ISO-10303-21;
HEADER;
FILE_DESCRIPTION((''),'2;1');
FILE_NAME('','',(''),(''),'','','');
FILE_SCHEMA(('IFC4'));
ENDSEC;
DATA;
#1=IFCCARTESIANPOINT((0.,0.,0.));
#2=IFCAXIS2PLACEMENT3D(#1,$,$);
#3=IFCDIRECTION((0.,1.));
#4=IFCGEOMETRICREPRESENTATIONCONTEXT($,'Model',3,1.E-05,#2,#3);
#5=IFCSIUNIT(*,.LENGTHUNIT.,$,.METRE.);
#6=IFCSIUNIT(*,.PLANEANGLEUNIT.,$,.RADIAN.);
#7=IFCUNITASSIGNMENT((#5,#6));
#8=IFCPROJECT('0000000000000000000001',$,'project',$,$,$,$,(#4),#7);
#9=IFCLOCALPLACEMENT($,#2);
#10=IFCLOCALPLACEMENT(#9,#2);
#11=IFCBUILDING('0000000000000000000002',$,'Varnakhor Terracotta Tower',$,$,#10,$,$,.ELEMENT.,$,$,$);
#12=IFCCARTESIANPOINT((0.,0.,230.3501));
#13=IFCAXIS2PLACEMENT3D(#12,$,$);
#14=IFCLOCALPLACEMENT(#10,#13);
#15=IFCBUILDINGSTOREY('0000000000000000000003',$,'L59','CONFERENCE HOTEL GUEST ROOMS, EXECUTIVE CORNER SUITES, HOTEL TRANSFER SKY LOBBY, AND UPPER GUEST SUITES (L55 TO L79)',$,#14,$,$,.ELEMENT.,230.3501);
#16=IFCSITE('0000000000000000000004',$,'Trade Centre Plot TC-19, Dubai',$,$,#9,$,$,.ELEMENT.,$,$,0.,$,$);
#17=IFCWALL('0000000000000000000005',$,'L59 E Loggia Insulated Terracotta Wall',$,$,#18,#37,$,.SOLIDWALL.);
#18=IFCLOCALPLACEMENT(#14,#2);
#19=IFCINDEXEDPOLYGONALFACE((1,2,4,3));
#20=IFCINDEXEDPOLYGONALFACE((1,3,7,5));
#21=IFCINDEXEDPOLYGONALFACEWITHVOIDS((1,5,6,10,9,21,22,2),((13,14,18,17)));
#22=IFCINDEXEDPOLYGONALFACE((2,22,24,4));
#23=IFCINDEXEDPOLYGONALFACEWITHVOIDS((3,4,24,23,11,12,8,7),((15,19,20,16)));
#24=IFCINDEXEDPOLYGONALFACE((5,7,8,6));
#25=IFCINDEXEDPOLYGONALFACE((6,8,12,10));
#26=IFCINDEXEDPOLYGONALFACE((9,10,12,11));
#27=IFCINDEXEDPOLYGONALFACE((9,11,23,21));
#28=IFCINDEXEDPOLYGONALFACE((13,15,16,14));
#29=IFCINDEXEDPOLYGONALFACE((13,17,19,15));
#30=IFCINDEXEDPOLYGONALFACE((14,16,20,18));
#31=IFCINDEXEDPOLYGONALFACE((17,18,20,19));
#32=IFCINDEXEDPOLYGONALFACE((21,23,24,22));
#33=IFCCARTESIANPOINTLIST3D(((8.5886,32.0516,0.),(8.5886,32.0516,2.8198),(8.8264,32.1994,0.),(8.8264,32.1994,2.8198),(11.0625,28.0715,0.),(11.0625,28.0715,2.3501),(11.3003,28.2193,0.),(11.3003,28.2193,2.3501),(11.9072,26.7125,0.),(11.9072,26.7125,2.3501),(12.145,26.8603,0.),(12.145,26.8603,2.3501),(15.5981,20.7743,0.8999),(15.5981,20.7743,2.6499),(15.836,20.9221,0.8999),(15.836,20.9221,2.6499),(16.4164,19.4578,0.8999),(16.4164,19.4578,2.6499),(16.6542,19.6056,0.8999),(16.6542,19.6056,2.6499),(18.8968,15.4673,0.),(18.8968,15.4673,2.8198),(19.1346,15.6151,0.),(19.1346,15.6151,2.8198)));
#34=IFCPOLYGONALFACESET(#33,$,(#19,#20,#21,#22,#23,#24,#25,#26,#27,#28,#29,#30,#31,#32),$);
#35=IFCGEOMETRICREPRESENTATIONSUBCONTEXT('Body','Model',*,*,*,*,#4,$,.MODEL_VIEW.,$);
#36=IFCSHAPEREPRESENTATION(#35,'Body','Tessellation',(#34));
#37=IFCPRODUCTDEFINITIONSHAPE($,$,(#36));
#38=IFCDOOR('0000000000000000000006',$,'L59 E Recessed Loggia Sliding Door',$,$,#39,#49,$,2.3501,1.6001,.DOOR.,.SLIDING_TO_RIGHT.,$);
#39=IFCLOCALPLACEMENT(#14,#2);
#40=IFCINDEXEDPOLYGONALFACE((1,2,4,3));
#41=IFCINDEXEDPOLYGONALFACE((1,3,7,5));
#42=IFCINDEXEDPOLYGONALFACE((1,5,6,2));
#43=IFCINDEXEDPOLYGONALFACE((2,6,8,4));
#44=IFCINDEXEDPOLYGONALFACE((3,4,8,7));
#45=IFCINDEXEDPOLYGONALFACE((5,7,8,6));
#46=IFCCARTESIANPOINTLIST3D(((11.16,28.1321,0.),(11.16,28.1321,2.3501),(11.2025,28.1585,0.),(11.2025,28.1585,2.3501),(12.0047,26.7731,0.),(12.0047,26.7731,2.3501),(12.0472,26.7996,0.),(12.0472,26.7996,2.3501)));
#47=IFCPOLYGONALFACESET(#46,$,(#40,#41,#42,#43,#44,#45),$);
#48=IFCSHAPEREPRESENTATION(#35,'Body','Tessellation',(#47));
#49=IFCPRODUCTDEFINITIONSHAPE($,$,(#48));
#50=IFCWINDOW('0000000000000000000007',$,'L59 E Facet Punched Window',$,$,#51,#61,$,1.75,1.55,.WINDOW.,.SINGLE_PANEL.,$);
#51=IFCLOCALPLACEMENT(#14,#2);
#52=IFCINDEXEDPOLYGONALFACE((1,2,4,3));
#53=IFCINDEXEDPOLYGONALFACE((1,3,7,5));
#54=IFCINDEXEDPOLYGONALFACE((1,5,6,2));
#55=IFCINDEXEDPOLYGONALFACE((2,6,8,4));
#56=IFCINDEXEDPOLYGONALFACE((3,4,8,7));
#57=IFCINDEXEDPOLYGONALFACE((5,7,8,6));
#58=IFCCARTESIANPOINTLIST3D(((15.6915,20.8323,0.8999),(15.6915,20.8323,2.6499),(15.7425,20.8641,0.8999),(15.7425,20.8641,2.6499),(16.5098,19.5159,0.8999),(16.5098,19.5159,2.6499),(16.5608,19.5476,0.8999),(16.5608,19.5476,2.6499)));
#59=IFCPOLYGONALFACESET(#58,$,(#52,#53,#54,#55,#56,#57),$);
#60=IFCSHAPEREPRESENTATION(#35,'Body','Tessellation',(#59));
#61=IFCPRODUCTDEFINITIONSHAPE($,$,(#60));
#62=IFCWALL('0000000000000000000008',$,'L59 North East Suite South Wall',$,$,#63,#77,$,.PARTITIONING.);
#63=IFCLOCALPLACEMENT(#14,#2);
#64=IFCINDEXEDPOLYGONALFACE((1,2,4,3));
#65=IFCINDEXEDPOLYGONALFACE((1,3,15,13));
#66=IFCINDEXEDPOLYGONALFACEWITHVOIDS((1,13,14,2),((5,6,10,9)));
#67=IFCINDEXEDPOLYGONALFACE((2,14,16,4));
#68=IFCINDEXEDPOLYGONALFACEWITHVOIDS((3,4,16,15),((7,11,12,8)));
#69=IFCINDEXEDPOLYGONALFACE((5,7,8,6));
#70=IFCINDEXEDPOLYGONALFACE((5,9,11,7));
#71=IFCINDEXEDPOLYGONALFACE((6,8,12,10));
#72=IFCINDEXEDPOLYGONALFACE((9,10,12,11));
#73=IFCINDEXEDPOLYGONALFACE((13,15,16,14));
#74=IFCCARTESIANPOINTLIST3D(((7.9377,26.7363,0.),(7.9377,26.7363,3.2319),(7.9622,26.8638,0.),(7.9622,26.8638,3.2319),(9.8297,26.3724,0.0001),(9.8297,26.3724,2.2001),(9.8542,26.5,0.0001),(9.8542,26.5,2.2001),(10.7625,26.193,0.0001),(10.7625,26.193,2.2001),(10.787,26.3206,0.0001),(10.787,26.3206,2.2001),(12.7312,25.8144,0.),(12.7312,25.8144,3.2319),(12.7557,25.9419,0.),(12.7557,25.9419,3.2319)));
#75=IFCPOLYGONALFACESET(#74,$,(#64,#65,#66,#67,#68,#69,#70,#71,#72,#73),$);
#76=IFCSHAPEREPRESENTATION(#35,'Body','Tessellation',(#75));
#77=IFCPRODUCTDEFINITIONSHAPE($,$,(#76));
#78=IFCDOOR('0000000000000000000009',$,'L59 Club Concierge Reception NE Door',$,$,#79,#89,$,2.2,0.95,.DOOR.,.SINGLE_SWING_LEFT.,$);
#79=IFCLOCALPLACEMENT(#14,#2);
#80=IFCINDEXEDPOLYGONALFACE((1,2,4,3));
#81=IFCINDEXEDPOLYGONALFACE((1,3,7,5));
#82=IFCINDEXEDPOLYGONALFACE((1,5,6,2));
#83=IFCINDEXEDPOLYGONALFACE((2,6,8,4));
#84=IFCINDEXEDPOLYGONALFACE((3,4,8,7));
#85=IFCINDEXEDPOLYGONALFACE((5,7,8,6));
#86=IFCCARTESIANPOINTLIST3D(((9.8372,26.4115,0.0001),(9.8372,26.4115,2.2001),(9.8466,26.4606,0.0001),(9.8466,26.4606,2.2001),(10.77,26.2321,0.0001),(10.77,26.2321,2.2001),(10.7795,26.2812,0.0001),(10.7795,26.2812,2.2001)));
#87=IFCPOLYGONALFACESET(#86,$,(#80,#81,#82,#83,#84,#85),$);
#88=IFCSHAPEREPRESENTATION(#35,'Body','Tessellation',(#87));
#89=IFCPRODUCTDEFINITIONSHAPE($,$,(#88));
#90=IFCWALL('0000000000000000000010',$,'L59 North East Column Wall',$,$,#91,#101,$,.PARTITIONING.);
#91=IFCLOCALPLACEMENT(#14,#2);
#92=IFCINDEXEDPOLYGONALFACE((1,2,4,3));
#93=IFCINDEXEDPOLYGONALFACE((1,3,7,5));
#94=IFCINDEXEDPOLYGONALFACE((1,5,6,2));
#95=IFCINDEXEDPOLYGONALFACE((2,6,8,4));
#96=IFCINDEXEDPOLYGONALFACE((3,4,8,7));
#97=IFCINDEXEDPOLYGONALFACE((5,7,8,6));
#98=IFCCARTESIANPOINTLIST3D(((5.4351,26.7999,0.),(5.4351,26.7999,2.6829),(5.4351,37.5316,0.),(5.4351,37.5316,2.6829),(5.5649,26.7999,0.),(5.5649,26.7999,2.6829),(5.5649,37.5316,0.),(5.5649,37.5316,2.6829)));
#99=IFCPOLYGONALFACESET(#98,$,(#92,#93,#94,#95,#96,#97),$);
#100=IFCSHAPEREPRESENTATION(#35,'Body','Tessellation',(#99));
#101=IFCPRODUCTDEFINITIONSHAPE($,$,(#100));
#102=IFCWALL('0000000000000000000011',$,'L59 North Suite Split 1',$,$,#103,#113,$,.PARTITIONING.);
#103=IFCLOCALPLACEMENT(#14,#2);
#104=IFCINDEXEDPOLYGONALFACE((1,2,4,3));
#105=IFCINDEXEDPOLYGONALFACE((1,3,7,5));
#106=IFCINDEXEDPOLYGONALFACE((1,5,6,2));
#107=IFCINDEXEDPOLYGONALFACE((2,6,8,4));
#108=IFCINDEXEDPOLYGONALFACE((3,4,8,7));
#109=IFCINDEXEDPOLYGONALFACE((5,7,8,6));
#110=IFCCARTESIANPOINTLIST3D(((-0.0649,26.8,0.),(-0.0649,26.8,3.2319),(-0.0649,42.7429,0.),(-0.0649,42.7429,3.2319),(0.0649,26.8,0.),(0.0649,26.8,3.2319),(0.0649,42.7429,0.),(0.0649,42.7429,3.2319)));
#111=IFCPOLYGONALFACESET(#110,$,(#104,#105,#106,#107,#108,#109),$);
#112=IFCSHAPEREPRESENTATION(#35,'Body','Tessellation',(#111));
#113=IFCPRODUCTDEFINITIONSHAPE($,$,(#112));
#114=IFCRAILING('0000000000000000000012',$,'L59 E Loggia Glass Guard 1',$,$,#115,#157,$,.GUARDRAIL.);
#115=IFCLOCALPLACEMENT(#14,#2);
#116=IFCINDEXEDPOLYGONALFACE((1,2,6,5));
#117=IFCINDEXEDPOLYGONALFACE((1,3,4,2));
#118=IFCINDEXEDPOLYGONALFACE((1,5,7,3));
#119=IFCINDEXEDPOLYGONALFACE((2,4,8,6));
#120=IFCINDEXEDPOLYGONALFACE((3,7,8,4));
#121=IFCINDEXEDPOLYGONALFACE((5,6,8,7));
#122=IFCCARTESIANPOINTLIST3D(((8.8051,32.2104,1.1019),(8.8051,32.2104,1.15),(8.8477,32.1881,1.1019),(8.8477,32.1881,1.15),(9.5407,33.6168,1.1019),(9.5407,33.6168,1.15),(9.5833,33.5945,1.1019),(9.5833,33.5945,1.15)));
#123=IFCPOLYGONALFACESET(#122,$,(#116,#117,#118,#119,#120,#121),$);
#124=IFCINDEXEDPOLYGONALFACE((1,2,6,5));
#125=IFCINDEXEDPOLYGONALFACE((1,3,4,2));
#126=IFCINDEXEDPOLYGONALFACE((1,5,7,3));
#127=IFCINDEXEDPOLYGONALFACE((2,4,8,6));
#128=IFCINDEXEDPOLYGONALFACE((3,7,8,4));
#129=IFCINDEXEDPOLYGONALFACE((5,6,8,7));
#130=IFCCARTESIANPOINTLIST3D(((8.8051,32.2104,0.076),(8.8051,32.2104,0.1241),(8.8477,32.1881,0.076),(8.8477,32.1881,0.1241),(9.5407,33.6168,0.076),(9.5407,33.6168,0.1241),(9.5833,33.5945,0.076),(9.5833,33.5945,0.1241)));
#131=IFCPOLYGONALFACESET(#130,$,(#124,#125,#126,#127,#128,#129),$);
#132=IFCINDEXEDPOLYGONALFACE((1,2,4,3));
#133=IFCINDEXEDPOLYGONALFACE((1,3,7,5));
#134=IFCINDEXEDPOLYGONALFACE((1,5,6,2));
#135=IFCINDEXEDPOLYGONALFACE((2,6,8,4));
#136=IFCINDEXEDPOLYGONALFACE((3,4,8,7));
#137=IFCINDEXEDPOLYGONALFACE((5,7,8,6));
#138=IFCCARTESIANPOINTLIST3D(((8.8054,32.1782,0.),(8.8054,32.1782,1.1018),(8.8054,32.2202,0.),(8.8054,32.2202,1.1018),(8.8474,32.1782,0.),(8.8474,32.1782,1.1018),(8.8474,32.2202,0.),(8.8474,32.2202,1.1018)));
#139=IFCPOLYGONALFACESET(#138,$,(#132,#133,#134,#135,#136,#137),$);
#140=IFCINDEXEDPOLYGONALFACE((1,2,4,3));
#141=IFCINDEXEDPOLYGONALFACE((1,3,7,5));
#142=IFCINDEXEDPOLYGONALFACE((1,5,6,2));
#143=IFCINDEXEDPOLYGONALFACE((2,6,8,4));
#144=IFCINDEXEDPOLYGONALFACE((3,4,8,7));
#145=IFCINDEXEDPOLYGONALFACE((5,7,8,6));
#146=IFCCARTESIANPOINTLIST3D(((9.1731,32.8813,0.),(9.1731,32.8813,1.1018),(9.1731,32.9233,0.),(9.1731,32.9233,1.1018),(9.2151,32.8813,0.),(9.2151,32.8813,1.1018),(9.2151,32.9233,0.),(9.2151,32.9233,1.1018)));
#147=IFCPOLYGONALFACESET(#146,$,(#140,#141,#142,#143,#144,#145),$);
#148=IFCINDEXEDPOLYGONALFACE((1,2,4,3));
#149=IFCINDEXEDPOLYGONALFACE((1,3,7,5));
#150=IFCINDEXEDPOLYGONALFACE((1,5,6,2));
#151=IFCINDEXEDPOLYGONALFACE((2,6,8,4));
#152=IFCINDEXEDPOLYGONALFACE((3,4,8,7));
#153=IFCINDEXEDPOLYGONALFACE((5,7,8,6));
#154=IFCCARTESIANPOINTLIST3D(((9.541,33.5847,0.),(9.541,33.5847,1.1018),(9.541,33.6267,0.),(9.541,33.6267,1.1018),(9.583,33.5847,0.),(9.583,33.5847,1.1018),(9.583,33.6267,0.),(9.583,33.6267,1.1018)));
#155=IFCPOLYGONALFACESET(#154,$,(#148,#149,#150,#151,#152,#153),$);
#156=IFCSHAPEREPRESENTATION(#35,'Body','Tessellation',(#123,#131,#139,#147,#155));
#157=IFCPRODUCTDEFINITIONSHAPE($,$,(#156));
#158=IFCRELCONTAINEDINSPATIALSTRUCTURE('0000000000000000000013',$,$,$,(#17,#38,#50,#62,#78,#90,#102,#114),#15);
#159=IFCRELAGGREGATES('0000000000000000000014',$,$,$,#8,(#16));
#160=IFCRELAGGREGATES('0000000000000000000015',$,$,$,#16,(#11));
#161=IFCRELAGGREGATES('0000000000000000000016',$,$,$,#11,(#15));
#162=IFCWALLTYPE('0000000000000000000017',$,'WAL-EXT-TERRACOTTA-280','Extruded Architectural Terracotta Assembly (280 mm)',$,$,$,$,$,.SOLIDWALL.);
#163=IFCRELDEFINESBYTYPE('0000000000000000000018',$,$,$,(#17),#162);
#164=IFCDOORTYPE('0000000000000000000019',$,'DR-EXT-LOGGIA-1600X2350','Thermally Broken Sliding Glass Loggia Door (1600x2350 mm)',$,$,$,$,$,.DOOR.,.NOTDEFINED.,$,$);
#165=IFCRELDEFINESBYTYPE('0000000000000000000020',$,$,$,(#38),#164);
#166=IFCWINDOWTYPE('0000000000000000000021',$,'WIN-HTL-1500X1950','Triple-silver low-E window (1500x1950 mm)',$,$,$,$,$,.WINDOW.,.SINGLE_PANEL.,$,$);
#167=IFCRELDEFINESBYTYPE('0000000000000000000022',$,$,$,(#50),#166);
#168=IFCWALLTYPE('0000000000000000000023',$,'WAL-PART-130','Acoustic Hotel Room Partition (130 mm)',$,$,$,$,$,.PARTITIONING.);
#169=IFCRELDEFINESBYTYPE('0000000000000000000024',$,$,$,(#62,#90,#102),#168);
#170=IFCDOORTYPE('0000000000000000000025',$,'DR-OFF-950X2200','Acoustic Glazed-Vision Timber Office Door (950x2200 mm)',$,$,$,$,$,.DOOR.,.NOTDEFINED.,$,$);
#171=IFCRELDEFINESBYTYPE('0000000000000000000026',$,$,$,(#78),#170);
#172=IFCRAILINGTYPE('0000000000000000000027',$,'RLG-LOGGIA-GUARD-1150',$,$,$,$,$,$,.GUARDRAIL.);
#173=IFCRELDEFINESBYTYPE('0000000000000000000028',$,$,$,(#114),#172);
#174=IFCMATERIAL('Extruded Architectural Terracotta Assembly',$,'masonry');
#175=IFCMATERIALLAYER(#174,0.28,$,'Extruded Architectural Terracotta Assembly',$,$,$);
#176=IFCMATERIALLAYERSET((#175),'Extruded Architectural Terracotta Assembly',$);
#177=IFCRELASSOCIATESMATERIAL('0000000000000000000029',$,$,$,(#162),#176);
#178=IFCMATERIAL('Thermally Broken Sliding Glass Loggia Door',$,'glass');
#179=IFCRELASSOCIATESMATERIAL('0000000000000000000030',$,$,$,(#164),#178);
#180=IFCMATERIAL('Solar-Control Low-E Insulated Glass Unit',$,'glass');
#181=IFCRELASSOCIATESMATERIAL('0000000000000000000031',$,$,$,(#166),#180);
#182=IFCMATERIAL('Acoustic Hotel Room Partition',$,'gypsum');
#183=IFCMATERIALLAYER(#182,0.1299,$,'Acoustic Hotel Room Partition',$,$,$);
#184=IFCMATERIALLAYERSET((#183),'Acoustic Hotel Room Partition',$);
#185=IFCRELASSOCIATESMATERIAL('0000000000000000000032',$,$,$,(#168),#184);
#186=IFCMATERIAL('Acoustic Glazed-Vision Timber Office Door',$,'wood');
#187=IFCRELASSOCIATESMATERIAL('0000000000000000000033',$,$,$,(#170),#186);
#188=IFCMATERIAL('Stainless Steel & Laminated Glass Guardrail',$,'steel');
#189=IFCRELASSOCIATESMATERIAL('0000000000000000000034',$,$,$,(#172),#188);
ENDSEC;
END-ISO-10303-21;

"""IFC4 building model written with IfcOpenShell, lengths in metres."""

from ifc_helpers import new_model, si_unit, direction, frame, frame_2d, origin, origin_2d, place, context, subcontext, project, spatial, rectangle, extrude, source, transform, mapped, material, layer, layer_set, type_object, type_shapes, element, fill, save


model = new_model("IFC4")

# Units and contexts
model_context = context("Model", 3, precision=1e-05, world=origin(), true_north=direction((0.0, 1.0)))
body_context = subcontext(model_context, "Body", "Model", "MODEL_VIEW")
ifc_project = project(units=[si_unit("LENGTHUNIT", "METRE"), si_unit("PLANEANGLEUNIT", "RADIAN")], contexts=[model_context])

# Site, building, storey
site_placement = place(None, origin())
site = spatial("IfcSite", under=ifc_project, at=site_placement, Name="Trade Centre Plot TC-19, Dubai", CompositionType="ELEMENT", RefElevation=0.0)
building_placement = place(site_placement, origin())
building = spatial("IfcBuilding", under=site, at=building_placement, Name="Varnakhor Terracotta Tower", CompositionType="ELEMENT")
storey_placement = place(building_placement, frame((0.0, 0.0, 230.3501)))
storey = spatial("IfcBuildingStorey", under=building, at=storey_placement, Name="L59", Description="CONFERENCE HOTEL GUEST ROOMS, EXECUTIVE CORNER SUITES, HOTEL TRANSFER SKY LOBBY, AND UPPER GUEST SUITES (L55 TO L79)", CompositionType="ELEMENT", Elevation=230.3501)

# Wall, openings, door, window
ifc_material_1 = material(Name="Extruded Architectural Terracotta Assembly", Category="masonry")
ifc_layer_1 = layer(ifc_material_1, 0.28, Name="Extruded Architectural Terracotta Assembly")
ifc_layer_set_1 = layer_set([ifc_layer_1], Name="Extruded Architectural Terracotta Assembly")
wall_type_1 = type_object("IfcWallType", Name="WAL-EXT-TERRACOTTA-280", Description="Extruded Architectural Terracotta Assembly (280 mm)", PredefinedType="SOLIDWALL", material=ifc_layer_set_1)
wall_1_placement = place(storey_placement, frame((8.7075, 32.1255, 0.0), z_axis=(0.0, 0.0, 1.0), x_axis=(0.527897, -0.849309, 0.0)))
wall_1 = element("IfcWall", 1, at=wall_1_placement, inside=storey, type_object=wall_type_1, Name="L59 E Loggia Insulated Terracotta Wall", PredefinedType="SOLIDWALL", context=body_context, shape_type="SweptSolid", body=[
    extrude(rectangle(XDim=19.5269, YDim=0.28, at=frame_2d((9.7634, 0.0))), origin(), (0.0, 0.0, 1.0), 2.8198),
])
opening_1_placement = place(wall_1_placement, frame((4.6863, 0.0, 0.0)))
opening_1 = element("IfcOpeningElement", 2, at=opening_1_placement, cuts=wall_1, PredefinedType="OPENING", context=body_context, shape_type="SweptSolid", body=[
    extrude(rectangle(XDim=1.6001, YDim=2.3501, at=frame_2d((0.8, 1.175))), frame((0.0, 0.1499, 0.0), z_axis=(0.0, -1.0, 0.0), x_axis=(1.0, 0.0, 0.0)), (0.0, 0.0, 1.0), 0.3),
])
opening_2_placement = place(wall_1_placement, frame((13.2783, 0.0, 0.8999)))
opening_2 = element("IfcOpeningElement", 3, at=opening_2_placement, cuts=wall_1, PredefinedType="OPENING", context=body_context, shape_type="SweptSolid", body=[
    extrude(rectangle(XDim=1.55, YDim=1.75, at=frame_2d((0.7749, 0.875))), frame((0.0, 0.1499, 0.0), z_axis=(0.0, -1.0, 0.0), x_axis=(1.0, 0.0, 0.0)), (0.0, 0.0, 1.0), 0.3),
])
ifc_material_2 = material(Name="Thermally Broken Sliding Glass Loggia Door", Category="glass")
door_type_1 = type_object("IfcDoorType", Name="DR-EXT-LOGGIA-1600X2350", Description="Thermally Broken Sliding Glass Loggia Door (1600x2350 mm)", OperationType="NOTDEFINED", PredefinedType="DOOR", material=ifc_material_2)
shared_shape_1 = source(origin(), body_context, "Body", "SweptSolid", [
    extrude(rectangle(XDim=1.6001, YDim=2.3501, at=frame_2d((0.8, 1.175))), frame((0.0, 0.0249, 0.0), z_axis=(0.0, -1.0, 0.0), x_axis=(1.0, 0.0, 0.0)), (0.0, 0.0, 1.0), 0.05),
])
type_shapes(door_type_1, [shared_shape_1])
door_1_placement = place(opening_1_placement, origin())
door_1 = element("IfcDoor", 4, at=door_1_placement, inside=storey, type_object=door_type_1, Name="L59 E Recessed Loggia Sliding Door", OperationType="SLIDING_TO_RIGHT", OverallHeight=2.3501, OverallWidth=1.6001, PredefinedType="DOOR", context=body_context, shape_type="MappedRepresentation", body=[
    mapped(shared_shape_1, transform((0.0, 0.0, 0.0), scale=1.0)),
])
fill(opening_1, door_1)
ifc_material_3 = material(Name="Solar-Control Low-E Insulated Glass Unit", Category="glass")
window_type = type_object("IfcWindowType", Name="WIN-HTL-1500X1950", Description="Triple-silver low-E window (1500x1950 mm)", PartitioningType="SINGLE_PANEL", PredefinedType="WINDOW", material=ifc_material_3)
shared_shape_2 = source(origin(), body_context, "Body", "SweptSolid", [
    extrude(rectangle(XDim=1.55, YDim=1.75, at=frame_2d((0.7749, 0.875))), frame((0.0, 0.03, 0.0), z_axis=(0.0, -1.0, 0.0), x_axis=(1.0, 0.0, 0.0)), (0.0, 0.0, 1.0), 0.0601),
])
type_shapes(window_type, [shared_shape_2])
window_placement = place(opening_2_placement, origin())
window = element("IfcWindow", 5, at=window_placement, inside=storey, type_object=window_type, Name="L59 E Facet Punched Window", OverallHeight=1.75, OverallWidth=1.55, PartitioningType="SINGLE_PANEL", PredefinedType="WINDOW", context=body_context, shape_type="MappedRepresentation", body=[
    mapped(shared_shape_2, transform((0.0, 0.0, 0.0), scale=1.0)),
])
fill(opening_2, window)

# Wall, opening, door
ifc_material_4 = material(Name="Acoustic Hotel Room Partition", Category="gypsum")
ifc_layer_2 = layer(ifc_material_4, 0.1299, Name="Acoustic Hotel Room Partition")
ifc_layer_set_2 = layer_set([ifc_layer_2], Name="Acoustic Hotel Room Partition")
wall_type_2 = type_object("IfcWallType", Name="WAL-PART-130", Description="Acoustic Hotel Room Partition (130 mm)", PredefinedType="PARTITIONING", material=ifc_layer_set_2)
wall_2_placement = place(storey_placement, frame((7.95, 26.8, 0.0), z_axis=(0.0, 0.0, 1.0), x_axis=(0.982004, -0.188859, 0.0)))
wall_2 = element("IfcWall", 6, at=wall_2_placement, inside=storey, type_object=wall_type_2, Name="L59 North East Suite South Wall", PredefinedType="PARTITIONING", context=body_context, shape_type="SweptSolid", body=[
    extrude(rectangle(XDim=4.8813, YDim=0.1299, at=frame_2d((2.4407, 0.0))), origin(), (0.0, 0.0, 1.0), 3.2319),
])
opening_3_placement = place(wall_2_placement, frame((1.9265, 0.0, 0.0)))
opening_3 = element("IfcOpeningElement", 7, at=opening_3_placement, cuts=wall_2, PredefinedType="OPENING", context=body_context, shape_type="SweptSolid", body=[
    extrude(rectangle(XDim=0.95, YDim=2.2, at=frame_2d((0.4751, 1.1001))), frame((0.0, 0.075, 0.0), z_axis=(0.0, -1.0, 0.0), x_axis=(1.0, 0.0, 0.0)), (0.0, 0.0, 1.0), 0.1499),
])
ifc_material_5 = material(Name="Acoustic Glazed-Vision Timber Office Door", Category="wood")
door_type_2 = type_object("IfcDoorType", Name="DR-OFF-950X2200", Description="Acoustic Glazed-Vision Timber Office Door (950x2200 mm)", OperationType="NOTDEFINED", PredefinedType="DOOR", material=ifc_material_5)
shared_shape_3 = source(origin(), body_context, "Body", "SweptSolid", [
    extrude(rectangle(XDim=0.95, YDim=2.2, at=frame_2d((0.4751, 1.1001))), frame((0.0, 0.0249, 0.0), z_axis=(0.0, -1.0, 0.0), x_axis=(1.0, 0.0, 0.0)), (0.0, 0.0, 1.0), 0.05),
])
type_shapes(door_type_2, [shared_shape_3])
door_2_placement = place(opening_3_placement, origin())
door_2 = element("IfcDoor", 8, at=door_2_placement, inside=storey, type_object=door_type_2, Name="L59 Club Concierge Reception NE Door", OperationType="SINGLE_SWING_LEFT", OverallHeight=2.2, OverallWidth=0.95, PredefinedType="DOOR", context=body_context, shape_type="MappedRepresentation", body=[
    mapped(shared_shape_3, transform((0.0, 0.0, 0.0), scale=1.0)),
])
fill(opening_3, door_2)

# Walls
wall_3_placement = place(storey_placement, frame((5.5, 26.8, 0.0), z_axis=(0.0, 0.0, 1.0), x_axis=(0.0, 1.0, 0.0)))
element("IfcWall", 9, at=wall_3_placement, inside=storey, type_object=wall_type_2, Name="L59 North East Column Wall", PredefinedType="PARTITIONING", context=body_context, shape_type="SweptSolid", body=[
    extrude(rectangle(XDim=10.7317, YDim=0.1299, at=frame_2d((5.3657, 0.0))), origin(), (0.0, 0.0, 1.0), 2.6829),
])
wall_4_placement = place(storey_placement, frame((0.0, 26.8, 0.0), z_axis=(0.0, 0.0, 1.0), x_axis=(0.0, 1.0, 0.0)))
element("IfcWall", 10, at=wall_4_placement, inside=storey, type_object=wall_type_2, Name="L59 North Suite Split 1", PredefinedType="PARTITIONING", context=body_context, shape_type="SweptSolid", body=[
    extrude(rectangle(XDim=15.9429, YDim=0.1299, at=frame_2d((7.9714, 0.0))), origin(), (0.0, 0.0, 1.0), 3.2319),
])

# Railing
ifc_material_6 = material(Name="Stainless Steel & Laminated Glass Guardrail", Category="steel")
railing_type = type_object("IfcRailingType", Name="RLG-LOGGIA-GUARD-1150", PredefinedType="GUARDRAIL", material=ifc_material_6)
railing_1_placement = place(storey_placement, frame((8.8264, 32.1992, 0.0)))
element("IfcRailing", 11, at=railing_1_placement, inside=storey, type_object=railing_type, Name="L59 E Loggia Glass Guard 1", PredefinedType="GUARDRAIL", context=body_context, shape_type="SweptSolid", body=[
    extrude(rectangle(XDim=0.0481, YDim=0.0481, at=origin_2d()), frame((0.0, 0.0, 1.126), z_axis=(0.463444, 0.886126, 0.0), x_axis=(-0.886126, 0.463444, 0.0)), (0.0, 0.0, 1.0), 1.5872),
    extrude(rectangle(XDim=0.0481, YDim=0.0481, at=origin_2d()), frame((0.0, 0.0, 0.1001), z_axis=(0.463444, 0.886126, 0.0), x_axis=(-0.886126, 0.463444, 0.0)), (0.0, 0.0, 1.0), 1.5872),
    extrude(rectangle(XDim=0.042, YDim=0.042, at=origin_2d()), origin(), (0.0, 0.0, 1.0), 1.1018),
    extrude(rectangle(XDim=0.042, YDim=0.042, at=origin_2d()), frame((0.3677, 0.7031, 0.0)), (0.0, 0.0, 1.0), 1.1018),
    extrude(rectangle(XDim=0.042, YDim=0.042, at=origin_2d()), frame((0.7356, 1.4065, 0.0)), (0.0, 0.0, 1.0), 1.1018),
])

save(model, "model.ifc")
